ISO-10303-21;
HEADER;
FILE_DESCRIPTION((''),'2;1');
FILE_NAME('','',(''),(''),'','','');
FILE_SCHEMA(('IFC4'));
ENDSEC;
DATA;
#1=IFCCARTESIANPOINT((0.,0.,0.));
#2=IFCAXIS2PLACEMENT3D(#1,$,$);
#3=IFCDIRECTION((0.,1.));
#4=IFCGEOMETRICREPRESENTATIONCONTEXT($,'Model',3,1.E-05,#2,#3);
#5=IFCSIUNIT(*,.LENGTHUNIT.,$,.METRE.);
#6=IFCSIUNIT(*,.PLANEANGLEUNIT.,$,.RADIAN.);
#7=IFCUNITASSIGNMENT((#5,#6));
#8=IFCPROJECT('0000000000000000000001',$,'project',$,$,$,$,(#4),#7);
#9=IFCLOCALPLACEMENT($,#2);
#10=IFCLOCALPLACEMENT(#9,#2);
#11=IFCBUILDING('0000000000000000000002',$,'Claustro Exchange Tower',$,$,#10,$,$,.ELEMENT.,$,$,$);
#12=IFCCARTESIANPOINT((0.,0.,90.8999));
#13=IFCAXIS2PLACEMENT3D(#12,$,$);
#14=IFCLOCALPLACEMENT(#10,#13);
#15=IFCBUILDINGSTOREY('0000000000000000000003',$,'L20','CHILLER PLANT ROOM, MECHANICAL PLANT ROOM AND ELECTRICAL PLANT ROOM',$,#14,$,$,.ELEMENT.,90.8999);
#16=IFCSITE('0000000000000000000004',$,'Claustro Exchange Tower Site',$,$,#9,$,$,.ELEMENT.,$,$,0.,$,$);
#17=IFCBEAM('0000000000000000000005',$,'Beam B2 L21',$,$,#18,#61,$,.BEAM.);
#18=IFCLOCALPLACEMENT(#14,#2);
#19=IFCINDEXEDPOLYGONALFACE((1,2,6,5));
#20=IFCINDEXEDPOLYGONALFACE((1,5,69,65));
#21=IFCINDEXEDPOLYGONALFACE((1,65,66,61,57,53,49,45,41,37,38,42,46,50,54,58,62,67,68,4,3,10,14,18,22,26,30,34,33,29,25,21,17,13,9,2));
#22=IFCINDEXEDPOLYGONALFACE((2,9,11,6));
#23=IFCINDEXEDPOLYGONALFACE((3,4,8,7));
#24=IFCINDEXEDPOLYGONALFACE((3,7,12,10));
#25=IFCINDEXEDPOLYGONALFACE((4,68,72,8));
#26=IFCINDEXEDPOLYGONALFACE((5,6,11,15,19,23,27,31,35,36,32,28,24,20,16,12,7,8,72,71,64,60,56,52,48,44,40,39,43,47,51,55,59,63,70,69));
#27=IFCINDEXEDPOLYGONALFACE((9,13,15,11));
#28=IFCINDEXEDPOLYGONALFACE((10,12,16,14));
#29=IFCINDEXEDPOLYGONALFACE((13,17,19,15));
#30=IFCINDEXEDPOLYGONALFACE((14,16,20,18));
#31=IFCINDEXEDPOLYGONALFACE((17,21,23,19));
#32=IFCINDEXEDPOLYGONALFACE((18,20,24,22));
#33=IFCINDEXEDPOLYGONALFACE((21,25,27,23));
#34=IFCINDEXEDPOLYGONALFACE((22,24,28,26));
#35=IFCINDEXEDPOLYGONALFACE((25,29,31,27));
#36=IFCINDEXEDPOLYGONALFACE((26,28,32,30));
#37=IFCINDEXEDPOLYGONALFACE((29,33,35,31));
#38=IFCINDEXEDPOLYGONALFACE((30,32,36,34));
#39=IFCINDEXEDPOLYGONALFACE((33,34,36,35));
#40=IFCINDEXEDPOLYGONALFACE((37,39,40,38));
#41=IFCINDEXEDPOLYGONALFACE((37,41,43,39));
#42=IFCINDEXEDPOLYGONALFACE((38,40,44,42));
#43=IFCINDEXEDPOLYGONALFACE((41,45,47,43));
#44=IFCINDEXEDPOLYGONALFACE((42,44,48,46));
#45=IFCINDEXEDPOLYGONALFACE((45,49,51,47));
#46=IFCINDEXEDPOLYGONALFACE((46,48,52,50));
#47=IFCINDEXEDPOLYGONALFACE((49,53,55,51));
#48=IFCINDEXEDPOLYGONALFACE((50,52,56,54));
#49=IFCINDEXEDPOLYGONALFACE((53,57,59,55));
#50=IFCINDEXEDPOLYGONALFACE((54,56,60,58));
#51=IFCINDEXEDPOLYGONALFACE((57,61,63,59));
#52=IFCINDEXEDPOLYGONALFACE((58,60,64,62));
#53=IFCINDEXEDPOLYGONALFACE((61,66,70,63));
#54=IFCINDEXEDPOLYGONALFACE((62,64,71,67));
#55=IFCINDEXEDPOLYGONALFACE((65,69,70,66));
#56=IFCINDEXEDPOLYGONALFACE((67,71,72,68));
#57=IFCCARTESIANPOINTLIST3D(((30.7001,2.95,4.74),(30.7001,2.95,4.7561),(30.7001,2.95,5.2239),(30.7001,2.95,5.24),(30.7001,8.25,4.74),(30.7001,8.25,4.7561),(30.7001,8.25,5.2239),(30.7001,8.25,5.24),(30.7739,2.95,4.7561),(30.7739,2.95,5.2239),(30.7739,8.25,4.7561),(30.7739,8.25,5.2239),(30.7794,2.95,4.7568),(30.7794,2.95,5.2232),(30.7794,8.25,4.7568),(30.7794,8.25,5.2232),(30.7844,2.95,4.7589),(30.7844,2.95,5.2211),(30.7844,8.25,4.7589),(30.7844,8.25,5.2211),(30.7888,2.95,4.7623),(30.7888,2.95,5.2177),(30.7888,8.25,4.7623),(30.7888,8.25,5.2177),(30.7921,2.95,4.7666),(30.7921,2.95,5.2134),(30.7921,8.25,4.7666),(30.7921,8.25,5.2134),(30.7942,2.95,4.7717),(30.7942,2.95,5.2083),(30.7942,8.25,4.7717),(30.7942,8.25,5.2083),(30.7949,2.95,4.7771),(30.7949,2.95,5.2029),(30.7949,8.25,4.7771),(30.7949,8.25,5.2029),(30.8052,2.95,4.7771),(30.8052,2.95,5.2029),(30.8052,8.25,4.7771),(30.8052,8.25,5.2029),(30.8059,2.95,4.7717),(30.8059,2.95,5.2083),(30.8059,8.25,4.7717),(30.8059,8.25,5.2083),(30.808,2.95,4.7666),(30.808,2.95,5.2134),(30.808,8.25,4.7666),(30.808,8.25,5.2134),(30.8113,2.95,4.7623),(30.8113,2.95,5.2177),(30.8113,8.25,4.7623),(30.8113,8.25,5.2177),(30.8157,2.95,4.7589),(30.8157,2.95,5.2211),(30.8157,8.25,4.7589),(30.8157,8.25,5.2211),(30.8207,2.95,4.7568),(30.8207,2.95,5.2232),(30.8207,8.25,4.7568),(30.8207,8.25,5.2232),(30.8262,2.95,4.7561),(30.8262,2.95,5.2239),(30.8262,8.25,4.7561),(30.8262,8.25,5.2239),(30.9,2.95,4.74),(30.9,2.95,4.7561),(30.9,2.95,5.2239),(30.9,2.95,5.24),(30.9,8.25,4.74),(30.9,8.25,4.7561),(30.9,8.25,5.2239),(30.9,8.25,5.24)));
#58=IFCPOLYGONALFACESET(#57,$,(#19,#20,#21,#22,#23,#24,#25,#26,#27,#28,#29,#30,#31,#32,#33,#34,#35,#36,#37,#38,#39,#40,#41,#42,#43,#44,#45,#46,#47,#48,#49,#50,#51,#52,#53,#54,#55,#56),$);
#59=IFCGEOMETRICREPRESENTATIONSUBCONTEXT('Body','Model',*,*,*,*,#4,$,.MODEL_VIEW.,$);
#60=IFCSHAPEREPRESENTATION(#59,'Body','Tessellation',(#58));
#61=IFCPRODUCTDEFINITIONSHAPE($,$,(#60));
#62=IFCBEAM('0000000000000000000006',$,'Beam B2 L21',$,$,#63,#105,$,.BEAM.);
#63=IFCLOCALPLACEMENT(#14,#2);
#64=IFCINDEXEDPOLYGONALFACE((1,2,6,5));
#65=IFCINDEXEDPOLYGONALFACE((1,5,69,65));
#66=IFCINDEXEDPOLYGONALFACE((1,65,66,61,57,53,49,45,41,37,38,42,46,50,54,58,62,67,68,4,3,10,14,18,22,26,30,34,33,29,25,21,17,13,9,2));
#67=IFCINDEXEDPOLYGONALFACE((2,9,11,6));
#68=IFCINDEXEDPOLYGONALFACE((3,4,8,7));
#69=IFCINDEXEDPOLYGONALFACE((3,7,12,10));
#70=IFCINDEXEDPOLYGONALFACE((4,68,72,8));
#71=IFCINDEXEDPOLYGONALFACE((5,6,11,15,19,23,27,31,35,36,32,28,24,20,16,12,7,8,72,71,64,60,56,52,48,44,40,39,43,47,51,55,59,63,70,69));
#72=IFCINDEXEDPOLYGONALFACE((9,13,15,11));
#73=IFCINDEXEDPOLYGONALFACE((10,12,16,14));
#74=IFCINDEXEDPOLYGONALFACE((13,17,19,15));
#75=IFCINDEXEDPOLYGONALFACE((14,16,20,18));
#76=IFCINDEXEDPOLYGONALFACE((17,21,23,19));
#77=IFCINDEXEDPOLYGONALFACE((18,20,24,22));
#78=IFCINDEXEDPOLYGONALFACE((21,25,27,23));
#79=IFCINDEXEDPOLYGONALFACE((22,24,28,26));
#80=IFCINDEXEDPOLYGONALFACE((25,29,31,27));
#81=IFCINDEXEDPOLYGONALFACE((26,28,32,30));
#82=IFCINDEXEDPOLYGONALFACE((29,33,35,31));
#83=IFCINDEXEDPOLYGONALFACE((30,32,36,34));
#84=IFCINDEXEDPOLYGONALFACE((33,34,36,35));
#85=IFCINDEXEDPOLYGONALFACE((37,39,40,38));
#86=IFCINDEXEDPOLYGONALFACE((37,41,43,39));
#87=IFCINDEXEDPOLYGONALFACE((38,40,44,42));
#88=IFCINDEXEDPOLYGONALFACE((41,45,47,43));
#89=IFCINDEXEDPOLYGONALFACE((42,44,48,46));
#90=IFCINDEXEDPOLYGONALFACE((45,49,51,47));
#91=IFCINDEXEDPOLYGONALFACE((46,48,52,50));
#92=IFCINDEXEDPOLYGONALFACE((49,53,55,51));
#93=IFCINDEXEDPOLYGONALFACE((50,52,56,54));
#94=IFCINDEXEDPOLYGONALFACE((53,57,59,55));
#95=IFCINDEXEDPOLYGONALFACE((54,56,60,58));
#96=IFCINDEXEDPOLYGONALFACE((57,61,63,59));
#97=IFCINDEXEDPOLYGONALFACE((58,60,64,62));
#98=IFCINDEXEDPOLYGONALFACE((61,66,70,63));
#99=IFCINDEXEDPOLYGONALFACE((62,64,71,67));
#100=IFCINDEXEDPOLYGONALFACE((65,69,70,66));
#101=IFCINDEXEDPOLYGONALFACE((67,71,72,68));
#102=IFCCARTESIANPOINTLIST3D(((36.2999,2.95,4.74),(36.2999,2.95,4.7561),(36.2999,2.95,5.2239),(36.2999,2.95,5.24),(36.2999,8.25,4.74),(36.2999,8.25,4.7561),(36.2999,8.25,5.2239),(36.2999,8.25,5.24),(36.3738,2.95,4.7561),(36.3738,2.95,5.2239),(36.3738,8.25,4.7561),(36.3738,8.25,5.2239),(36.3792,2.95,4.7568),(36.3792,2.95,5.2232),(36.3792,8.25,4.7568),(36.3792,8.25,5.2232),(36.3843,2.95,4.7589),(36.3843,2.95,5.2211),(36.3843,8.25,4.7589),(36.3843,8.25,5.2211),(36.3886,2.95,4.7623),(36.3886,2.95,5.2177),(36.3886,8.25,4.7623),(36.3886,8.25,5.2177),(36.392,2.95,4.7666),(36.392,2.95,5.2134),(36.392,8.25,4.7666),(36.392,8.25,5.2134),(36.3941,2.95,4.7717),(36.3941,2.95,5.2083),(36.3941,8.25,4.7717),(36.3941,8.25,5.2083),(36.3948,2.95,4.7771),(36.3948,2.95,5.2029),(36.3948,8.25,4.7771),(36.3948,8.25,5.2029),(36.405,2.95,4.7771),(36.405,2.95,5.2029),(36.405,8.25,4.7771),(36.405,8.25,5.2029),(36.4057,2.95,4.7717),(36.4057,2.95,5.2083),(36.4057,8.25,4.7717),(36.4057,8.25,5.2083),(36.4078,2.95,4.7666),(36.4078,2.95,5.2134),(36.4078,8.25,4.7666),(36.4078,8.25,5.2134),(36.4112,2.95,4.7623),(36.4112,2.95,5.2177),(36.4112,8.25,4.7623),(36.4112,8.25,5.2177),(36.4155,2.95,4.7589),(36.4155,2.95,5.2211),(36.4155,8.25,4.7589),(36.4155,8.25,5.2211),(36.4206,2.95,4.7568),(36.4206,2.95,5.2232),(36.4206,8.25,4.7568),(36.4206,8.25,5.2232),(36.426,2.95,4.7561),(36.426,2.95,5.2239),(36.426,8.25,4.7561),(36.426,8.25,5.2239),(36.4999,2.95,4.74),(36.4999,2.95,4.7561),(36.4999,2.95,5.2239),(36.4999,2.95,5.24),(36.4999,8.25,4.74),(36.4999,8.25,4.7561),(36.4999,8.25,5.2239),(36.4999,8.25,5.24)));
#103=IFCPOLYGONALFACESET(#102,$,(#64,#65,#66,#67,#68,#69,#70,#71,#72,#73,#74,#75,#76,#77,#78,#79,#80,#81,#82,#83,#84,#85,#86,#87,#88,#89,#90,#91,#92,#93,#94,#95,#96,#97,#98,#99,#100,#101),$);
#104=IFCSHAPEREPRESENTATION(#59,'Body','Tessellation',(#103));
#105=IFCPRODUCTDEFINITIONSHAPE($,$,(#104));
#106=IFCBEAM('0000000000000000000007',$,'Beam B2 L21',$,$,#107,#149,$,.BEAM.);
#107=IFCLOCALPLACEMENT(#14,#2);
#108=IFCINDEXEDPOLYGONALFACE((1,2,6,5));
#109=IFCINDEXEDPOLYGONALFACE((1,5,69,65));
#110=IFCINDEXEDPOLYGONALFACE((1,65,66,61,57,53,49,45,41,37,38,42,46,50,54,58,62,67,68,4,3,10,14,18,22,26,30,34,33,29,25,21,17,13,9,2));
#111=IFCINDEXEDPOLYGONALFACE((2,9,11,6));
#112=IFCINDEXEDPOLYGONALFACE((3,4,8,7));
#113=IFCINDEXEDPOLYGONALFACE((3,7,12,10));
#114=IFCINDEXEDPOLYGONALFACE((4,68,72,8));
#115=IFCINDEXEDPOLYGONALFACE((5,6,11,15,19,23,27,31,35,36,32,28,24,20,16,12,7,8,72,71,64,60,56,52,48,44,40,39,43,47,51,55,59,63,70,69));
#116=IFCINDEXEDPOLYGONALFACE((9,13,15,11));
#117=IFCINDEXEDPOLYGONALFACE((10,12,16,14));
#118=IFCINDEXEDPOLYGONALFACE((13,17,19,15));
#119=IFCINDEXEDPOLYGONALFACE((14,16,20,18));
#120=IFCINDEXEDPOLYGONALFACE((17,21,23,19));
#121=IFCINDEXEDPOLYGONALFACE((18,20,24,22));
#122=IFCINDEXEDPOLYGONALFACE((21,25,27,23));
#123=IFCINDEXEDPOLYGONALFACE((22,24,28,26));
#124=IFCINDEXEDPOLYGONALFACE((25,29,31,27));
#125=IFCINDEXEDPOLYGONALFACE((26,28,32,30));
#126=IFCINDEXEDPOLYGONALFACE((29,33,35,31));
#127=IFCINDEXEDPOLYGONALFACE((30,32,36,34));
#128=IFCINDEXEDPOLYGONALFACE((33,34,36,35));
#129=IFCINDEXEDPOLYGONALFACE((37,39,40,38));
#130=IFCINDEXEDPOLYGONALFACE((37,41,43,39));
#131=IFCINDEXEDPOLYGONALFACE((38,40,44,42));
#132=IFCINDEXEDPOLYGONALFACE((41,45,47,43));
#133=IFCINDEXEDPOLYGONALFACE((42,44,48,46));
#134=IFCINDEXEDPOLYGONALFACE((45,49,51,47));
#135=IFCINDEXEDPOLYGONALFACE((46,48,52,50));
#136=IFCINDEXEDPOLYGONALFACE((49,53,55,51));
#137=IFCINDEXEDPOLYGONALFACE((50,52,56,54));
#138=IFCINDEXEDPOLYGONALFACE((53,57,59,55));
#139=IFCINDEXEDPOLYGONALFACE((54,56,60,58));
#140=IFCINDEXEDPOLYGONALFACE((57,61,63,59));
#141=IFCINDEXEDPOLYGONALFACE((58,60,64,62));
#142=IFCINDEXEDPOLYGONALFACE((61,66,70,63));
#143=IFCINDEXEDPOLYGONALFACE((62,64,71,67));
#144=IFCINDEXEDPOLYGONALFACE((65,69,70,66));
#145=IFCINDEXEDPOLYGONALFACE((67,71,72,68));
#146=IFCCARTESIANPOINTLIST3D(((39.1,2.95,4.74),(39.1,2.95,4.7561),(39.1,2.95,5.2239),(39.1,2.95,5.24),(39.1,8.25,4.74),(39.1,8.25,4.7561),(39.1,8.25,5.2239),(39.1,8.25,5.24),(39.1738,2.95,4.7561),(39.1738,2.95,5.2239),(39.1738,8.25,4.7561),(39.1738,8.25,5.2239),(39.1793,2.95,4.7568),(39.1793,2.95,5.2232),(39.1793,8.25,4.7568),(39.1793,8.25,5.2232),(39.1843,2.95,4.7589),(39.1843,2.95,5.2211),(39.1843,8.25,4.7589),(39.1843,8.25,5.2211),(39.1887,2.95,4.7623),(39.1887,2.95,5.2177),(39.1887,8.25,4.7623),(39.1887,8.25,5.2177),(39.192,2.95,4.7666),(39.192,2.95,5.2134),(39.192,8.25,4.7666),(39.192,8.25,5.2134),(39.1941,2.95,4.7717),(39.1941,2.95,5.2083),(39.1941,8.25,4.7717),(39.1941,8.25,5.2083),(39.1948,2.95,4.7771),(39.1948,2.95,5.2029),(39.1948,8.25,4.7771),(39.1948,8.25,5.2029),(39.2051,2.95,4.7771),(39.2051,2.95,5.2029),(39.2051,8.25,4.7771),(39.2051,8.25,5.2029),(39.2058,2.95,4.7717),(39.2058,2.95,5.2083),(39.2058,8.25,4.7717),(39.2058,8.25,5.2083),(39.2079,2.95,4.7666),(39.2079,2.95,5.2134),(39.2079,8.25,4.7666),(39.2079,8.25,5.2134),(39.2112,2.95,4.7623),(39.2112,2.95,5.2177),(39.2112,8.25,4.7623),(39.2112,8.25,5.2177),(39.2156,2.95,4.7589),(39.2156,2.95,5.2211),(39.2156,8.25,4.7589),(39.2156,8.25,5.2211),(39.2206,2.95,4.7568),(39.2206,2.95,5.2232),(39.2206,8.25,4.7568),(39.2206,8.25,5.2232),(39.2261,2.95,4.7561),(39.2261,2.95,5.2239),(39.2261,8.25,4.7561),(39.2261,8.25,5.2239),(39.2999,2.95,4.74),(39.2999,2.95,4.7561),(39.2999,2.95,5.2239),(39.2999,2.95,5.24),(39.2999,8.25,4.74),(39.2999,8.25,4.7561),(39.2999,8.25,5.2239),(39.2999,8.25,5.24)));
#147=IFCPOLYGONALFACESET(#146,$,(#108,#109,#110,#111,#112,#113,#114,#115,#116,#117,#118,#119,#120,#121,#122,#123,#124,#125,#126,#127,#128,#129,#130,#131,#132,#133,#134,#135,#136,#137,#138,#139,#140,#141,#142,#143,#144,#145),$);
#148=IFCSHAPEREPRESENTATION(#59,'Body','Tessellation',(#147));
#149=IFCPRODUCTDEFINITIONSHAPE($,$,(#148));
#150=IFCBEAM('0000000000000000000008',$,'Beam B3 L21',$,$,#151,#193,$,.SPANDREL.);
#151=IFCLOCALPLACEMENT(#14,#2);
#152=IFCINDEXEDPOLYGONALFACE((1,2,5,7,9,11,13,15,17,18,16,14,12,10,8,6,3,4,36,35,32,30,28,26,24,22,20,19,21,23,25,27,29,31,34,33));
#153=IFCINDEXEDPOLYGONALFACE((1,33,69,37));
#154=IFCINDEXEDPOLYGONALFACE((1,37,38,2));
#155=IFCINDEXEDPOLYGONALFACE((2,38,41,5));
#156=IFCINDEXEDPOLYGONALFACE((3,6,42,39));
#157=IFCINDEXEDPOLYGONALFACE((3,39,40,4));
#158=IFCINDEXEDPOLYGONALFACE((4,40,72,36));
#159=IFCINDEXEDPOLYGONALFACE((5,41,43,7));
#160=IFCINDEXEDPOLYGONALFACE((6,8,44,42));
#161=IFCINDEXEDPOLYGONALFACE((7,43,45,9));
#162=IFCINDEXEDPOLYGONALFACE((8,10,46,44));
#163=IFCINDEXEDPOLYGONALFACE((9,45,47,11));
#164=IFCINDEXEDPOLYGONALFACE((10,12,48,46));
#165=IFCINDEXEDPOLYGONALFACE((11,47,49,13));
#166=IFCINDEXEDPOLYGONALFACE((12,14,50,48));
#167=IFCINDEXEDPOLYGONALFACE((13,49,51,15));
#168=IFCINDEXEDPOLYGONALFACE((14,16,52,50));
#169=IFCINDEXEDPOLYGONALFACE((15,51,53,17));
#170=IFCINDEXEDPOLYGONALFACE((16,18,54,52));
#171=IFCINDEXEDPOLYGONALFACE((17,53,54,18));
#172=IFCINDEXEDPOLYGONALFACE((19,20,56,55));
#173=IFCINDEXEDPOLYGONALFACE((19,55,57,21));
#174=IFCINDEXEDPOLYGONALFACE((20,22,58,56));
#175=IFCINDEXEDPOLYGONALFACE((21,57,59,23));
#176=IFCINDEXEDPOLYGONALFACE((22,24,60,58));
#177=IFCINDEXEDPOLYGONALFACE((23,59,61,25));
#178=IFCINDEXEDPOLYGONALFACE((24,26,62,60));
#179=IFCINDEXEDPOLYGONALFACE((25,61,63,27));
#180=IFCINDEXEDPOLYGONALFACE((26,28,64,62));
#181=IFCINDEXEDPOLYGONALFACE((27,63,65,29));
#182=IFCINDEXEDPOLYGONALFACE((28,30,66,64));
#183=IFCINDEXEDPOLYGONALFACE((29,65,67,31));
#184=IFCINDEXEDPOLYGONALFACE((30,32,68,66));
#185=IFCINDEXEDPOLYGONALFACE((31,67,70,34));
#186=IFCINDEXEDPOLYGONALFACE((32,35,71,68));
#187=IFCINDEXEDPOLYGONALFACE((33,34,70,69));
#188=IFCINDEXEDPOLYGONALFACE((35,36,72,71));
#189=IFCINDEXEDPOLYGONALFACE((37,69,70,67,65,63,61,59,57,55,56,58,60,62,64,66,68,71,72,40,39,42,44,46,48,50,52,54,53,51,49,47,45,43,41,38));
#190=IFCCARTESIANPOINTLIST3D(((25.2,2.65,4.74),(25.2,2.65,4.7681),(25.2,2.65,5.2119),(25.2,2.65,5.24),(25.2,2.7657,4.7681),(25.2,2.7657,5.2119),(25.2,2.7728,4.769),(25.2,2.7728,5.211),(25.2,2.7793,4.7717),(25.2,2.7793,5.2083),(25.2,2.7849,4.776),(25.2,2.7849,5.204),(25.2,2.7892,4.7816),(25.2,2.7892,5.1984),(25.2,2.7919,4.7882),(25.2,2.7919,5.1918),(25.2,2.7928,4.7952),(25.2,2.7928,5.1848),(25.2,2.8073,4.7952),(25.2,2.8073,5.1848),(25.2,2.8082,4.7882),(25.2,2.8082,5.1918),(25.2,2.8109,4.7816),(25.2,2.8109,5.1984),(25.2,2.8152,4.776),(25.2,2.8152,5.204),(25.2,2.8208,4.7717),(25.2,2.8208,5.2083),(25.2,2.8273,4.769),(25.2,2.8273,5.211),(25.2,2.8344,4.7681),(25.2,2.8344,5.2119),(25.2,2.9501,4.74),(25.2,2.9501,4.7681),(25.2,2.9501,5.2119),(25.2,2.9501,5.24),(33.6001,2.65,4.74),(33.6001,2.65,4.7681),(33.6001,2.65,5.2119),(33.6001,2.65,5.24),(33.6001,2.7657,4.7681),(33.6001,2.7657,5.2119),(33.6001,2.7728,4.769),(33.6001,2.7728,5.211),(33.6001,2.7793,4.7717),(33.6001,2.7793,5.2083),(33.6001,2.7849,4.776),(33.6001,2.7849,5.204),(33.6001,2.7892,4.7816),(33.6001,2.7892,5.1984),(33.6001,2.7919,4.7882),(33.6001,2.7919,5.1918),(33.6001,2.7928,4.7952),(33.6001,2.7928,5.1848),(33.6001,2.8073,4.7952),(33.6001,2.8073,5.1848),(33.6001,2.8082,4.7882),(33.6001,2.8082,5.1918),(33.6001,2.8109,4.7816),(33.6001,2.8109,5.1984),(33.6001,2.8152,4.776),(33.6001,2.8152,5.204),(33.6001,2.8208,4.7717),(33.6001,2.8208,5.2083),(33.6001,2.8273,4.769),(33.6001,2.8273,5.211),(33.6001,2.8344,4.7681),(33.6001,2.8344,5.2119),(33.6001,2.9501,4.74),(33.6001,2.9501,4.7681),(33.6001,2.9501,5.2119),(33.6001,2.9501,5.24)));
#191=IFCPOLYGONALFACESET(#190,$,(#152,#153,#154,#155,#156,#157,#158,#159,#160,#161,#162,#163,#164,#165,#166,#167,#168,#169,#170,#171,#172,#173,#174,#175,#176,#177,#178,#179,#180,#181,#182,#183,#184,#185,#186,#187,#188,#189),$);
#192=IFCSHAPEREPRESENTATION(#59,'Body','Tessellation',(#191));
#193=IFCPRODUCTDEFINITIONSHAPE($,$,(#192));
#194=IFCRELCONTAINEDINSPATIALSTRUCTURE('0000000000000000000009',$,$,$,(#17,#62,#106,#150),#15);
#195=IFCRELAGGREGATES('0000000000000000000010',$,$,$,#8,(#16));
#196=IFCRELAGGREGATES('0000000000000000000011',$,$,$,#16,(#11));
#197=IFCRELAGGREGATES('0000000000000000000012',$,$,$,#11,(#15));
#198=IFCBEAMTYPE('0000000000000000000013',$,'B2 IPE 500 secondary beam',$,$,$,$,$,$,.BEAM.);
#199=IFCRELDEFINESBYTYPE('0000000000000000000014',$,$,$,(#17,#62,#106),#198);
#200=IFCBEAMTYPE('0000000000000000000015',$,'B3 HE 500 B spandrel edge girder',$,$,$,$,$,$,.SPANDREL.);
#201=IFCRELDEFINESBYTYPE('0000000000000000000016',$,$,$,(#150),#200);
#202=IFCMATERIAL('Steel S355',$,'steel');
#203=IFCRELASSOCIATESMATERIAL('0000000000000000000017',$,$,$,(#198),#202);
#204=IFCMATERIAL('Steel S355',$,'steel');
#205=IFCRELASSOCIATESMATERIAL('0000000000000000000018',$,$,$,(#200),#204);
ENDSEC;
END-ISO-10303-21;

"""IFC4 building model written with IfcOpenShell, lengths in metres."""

from ifc_helpers import new_model, si_unit, direction, frame, origin, origin_2d, place, context, subcontext, project, spatial, i_section, extrude, material, material_profile, profile_set, type_object, element, save


model = new_model("IFC4")

# Units and contexts
model_context = context("Model", 3, precision=1e-05, world=origin(), true_north=direction((0.0, 1.0)))
body_context = subcontext(model_context, "Body", "Model", "MODEL_VIEW")
ifc_project = project(units=[si_unit("LENGTHUNIT", "METRE"), si_unit("PLANEANGLEUNIT", "RADIAN")], contexts=[model_context])

# Site, building, storey
site_placement = place(None, origin())
site = spatial("IfcSite", under=ifc_project, at=site_placement, Name="Claustro Exchange Tower Site", CompositionType="ELEMENT", RefElevation=0.0)
building_placement = place(site_placement, origin())
building = spatial("IfcBuilding", under=site, at=building_placement, Name="Claustro Exchange Tower", CompositionType="ELEMENT")
storey_placement = place(building_placement, frame((0.0, 0.0, 90.8999)))
storey = spatial("IfcBuildingStorey", under=building, at=storey_placement, Name="L20", Description="CHILLER PLANT ROOM, MECHANICAL PLANT ROOM AND ELECTRICAL PLANT ROOM", CompositionType="ELEMENT", Elevation=90.8999)

# Beams
ifc_material_1 = material(Name="Steel S355", Category="steel")
ifc_material_profile_1 = material_profile(ifc_material_1, i_section(OverallWidth=0.2, OverallDepth=0.5, WebThickness=0.0103, FlangeThickness=0.0161, FilletRadius=0.021, at=origin_2d()), Name="IPE 500")
ifc_profile_set_1 = profile_set([ifc_material_profile_1], Name="Steel S355")
beam_type_1 = type_object("IfcBeamType", Name="B2 IPE 500 secondary beam", PredefinedType="BEAM", material=ifc_profile_set_1)
for number, where, z_axis, x_axis, name in (
    (1, (30.8, 2.95, 4.99), (0.0, 1.0, 0.0), (-1.0, 0.0, 0.0), "Beam B2 L21"),
    (2, (36.3999, 2.95, 4.99), (0.0, 1.0, 0.0), (-1.0, 0.0, 0.0), "Beam B2 L21"),
    (3, (39.2, 2.95, 4.99), (0.0, 1.0, 0.0), (-1.0, 0.0, 0.0), "Beam B2 L21"),
):
    element("IfcBeam", number, at=place(storey_placement, frame(where, z_axis=z_axis, x_axis=x_axis)), inside=storey, type_object=beam_type_1, Name=name, PredefinedType="BEAM", context=body_context, shape_type="SweptSolid", body=[
        extrude(i_section(OverallWidth=0.2, OverallDepth=0.5, WebThickness=0.0103, FlangeThickness=0.0161, FilletRadius=0.021, at=origin_2d()), origin(), (0.0, 0.0, 1.0), 5.3),
    ])
ifc_material_2 = material(Name="Steel S355", Category="steel")
ifc_material_profile_2 = material_profile(ifc_material_2, i_section(OverallWidth=0.3, OverallDepth=0.5, WebThickness=0.0144, FlangeThickness=0.0281, FilletRadius=0.0271, at=origin_2d()), Name="HE 500 B")
ifc_profile_set_2 = profile_set([ifc_material_profile_2], Name="Steel S355")
beam_type_2 = type_object("IfcBeamType", Name="B3 HE 500 B spandrel edge girder", PredefinedType="SPANDREL", material=ifc_profile_set_2)
beam_1_placement = place(storey_placement, frame((25.2, 2.8, 4.99), z_axis=(1.0, 0.0, 0.0), x_axis=(0.0, 1.0, 0.0)))
element("IfcBeam", 4, at=beam_1_placement, inside=storey, type_object=beam_type_2, Name="Beam B3 L21", PredefinedType="SPANDREL", context=body_context, shape_type="SweptSolid", body=[
    extrude(i_section(OverallWidth=0.3, OverallDepth=0.5, WebThickness=0.0144, FlangeThickness=0.0281, FilletRadius=0.0271, at=origin_2d()), origin(), (0.0, 0.0, 1.0), 8.4001),
])

save(model, "model.ifc")
